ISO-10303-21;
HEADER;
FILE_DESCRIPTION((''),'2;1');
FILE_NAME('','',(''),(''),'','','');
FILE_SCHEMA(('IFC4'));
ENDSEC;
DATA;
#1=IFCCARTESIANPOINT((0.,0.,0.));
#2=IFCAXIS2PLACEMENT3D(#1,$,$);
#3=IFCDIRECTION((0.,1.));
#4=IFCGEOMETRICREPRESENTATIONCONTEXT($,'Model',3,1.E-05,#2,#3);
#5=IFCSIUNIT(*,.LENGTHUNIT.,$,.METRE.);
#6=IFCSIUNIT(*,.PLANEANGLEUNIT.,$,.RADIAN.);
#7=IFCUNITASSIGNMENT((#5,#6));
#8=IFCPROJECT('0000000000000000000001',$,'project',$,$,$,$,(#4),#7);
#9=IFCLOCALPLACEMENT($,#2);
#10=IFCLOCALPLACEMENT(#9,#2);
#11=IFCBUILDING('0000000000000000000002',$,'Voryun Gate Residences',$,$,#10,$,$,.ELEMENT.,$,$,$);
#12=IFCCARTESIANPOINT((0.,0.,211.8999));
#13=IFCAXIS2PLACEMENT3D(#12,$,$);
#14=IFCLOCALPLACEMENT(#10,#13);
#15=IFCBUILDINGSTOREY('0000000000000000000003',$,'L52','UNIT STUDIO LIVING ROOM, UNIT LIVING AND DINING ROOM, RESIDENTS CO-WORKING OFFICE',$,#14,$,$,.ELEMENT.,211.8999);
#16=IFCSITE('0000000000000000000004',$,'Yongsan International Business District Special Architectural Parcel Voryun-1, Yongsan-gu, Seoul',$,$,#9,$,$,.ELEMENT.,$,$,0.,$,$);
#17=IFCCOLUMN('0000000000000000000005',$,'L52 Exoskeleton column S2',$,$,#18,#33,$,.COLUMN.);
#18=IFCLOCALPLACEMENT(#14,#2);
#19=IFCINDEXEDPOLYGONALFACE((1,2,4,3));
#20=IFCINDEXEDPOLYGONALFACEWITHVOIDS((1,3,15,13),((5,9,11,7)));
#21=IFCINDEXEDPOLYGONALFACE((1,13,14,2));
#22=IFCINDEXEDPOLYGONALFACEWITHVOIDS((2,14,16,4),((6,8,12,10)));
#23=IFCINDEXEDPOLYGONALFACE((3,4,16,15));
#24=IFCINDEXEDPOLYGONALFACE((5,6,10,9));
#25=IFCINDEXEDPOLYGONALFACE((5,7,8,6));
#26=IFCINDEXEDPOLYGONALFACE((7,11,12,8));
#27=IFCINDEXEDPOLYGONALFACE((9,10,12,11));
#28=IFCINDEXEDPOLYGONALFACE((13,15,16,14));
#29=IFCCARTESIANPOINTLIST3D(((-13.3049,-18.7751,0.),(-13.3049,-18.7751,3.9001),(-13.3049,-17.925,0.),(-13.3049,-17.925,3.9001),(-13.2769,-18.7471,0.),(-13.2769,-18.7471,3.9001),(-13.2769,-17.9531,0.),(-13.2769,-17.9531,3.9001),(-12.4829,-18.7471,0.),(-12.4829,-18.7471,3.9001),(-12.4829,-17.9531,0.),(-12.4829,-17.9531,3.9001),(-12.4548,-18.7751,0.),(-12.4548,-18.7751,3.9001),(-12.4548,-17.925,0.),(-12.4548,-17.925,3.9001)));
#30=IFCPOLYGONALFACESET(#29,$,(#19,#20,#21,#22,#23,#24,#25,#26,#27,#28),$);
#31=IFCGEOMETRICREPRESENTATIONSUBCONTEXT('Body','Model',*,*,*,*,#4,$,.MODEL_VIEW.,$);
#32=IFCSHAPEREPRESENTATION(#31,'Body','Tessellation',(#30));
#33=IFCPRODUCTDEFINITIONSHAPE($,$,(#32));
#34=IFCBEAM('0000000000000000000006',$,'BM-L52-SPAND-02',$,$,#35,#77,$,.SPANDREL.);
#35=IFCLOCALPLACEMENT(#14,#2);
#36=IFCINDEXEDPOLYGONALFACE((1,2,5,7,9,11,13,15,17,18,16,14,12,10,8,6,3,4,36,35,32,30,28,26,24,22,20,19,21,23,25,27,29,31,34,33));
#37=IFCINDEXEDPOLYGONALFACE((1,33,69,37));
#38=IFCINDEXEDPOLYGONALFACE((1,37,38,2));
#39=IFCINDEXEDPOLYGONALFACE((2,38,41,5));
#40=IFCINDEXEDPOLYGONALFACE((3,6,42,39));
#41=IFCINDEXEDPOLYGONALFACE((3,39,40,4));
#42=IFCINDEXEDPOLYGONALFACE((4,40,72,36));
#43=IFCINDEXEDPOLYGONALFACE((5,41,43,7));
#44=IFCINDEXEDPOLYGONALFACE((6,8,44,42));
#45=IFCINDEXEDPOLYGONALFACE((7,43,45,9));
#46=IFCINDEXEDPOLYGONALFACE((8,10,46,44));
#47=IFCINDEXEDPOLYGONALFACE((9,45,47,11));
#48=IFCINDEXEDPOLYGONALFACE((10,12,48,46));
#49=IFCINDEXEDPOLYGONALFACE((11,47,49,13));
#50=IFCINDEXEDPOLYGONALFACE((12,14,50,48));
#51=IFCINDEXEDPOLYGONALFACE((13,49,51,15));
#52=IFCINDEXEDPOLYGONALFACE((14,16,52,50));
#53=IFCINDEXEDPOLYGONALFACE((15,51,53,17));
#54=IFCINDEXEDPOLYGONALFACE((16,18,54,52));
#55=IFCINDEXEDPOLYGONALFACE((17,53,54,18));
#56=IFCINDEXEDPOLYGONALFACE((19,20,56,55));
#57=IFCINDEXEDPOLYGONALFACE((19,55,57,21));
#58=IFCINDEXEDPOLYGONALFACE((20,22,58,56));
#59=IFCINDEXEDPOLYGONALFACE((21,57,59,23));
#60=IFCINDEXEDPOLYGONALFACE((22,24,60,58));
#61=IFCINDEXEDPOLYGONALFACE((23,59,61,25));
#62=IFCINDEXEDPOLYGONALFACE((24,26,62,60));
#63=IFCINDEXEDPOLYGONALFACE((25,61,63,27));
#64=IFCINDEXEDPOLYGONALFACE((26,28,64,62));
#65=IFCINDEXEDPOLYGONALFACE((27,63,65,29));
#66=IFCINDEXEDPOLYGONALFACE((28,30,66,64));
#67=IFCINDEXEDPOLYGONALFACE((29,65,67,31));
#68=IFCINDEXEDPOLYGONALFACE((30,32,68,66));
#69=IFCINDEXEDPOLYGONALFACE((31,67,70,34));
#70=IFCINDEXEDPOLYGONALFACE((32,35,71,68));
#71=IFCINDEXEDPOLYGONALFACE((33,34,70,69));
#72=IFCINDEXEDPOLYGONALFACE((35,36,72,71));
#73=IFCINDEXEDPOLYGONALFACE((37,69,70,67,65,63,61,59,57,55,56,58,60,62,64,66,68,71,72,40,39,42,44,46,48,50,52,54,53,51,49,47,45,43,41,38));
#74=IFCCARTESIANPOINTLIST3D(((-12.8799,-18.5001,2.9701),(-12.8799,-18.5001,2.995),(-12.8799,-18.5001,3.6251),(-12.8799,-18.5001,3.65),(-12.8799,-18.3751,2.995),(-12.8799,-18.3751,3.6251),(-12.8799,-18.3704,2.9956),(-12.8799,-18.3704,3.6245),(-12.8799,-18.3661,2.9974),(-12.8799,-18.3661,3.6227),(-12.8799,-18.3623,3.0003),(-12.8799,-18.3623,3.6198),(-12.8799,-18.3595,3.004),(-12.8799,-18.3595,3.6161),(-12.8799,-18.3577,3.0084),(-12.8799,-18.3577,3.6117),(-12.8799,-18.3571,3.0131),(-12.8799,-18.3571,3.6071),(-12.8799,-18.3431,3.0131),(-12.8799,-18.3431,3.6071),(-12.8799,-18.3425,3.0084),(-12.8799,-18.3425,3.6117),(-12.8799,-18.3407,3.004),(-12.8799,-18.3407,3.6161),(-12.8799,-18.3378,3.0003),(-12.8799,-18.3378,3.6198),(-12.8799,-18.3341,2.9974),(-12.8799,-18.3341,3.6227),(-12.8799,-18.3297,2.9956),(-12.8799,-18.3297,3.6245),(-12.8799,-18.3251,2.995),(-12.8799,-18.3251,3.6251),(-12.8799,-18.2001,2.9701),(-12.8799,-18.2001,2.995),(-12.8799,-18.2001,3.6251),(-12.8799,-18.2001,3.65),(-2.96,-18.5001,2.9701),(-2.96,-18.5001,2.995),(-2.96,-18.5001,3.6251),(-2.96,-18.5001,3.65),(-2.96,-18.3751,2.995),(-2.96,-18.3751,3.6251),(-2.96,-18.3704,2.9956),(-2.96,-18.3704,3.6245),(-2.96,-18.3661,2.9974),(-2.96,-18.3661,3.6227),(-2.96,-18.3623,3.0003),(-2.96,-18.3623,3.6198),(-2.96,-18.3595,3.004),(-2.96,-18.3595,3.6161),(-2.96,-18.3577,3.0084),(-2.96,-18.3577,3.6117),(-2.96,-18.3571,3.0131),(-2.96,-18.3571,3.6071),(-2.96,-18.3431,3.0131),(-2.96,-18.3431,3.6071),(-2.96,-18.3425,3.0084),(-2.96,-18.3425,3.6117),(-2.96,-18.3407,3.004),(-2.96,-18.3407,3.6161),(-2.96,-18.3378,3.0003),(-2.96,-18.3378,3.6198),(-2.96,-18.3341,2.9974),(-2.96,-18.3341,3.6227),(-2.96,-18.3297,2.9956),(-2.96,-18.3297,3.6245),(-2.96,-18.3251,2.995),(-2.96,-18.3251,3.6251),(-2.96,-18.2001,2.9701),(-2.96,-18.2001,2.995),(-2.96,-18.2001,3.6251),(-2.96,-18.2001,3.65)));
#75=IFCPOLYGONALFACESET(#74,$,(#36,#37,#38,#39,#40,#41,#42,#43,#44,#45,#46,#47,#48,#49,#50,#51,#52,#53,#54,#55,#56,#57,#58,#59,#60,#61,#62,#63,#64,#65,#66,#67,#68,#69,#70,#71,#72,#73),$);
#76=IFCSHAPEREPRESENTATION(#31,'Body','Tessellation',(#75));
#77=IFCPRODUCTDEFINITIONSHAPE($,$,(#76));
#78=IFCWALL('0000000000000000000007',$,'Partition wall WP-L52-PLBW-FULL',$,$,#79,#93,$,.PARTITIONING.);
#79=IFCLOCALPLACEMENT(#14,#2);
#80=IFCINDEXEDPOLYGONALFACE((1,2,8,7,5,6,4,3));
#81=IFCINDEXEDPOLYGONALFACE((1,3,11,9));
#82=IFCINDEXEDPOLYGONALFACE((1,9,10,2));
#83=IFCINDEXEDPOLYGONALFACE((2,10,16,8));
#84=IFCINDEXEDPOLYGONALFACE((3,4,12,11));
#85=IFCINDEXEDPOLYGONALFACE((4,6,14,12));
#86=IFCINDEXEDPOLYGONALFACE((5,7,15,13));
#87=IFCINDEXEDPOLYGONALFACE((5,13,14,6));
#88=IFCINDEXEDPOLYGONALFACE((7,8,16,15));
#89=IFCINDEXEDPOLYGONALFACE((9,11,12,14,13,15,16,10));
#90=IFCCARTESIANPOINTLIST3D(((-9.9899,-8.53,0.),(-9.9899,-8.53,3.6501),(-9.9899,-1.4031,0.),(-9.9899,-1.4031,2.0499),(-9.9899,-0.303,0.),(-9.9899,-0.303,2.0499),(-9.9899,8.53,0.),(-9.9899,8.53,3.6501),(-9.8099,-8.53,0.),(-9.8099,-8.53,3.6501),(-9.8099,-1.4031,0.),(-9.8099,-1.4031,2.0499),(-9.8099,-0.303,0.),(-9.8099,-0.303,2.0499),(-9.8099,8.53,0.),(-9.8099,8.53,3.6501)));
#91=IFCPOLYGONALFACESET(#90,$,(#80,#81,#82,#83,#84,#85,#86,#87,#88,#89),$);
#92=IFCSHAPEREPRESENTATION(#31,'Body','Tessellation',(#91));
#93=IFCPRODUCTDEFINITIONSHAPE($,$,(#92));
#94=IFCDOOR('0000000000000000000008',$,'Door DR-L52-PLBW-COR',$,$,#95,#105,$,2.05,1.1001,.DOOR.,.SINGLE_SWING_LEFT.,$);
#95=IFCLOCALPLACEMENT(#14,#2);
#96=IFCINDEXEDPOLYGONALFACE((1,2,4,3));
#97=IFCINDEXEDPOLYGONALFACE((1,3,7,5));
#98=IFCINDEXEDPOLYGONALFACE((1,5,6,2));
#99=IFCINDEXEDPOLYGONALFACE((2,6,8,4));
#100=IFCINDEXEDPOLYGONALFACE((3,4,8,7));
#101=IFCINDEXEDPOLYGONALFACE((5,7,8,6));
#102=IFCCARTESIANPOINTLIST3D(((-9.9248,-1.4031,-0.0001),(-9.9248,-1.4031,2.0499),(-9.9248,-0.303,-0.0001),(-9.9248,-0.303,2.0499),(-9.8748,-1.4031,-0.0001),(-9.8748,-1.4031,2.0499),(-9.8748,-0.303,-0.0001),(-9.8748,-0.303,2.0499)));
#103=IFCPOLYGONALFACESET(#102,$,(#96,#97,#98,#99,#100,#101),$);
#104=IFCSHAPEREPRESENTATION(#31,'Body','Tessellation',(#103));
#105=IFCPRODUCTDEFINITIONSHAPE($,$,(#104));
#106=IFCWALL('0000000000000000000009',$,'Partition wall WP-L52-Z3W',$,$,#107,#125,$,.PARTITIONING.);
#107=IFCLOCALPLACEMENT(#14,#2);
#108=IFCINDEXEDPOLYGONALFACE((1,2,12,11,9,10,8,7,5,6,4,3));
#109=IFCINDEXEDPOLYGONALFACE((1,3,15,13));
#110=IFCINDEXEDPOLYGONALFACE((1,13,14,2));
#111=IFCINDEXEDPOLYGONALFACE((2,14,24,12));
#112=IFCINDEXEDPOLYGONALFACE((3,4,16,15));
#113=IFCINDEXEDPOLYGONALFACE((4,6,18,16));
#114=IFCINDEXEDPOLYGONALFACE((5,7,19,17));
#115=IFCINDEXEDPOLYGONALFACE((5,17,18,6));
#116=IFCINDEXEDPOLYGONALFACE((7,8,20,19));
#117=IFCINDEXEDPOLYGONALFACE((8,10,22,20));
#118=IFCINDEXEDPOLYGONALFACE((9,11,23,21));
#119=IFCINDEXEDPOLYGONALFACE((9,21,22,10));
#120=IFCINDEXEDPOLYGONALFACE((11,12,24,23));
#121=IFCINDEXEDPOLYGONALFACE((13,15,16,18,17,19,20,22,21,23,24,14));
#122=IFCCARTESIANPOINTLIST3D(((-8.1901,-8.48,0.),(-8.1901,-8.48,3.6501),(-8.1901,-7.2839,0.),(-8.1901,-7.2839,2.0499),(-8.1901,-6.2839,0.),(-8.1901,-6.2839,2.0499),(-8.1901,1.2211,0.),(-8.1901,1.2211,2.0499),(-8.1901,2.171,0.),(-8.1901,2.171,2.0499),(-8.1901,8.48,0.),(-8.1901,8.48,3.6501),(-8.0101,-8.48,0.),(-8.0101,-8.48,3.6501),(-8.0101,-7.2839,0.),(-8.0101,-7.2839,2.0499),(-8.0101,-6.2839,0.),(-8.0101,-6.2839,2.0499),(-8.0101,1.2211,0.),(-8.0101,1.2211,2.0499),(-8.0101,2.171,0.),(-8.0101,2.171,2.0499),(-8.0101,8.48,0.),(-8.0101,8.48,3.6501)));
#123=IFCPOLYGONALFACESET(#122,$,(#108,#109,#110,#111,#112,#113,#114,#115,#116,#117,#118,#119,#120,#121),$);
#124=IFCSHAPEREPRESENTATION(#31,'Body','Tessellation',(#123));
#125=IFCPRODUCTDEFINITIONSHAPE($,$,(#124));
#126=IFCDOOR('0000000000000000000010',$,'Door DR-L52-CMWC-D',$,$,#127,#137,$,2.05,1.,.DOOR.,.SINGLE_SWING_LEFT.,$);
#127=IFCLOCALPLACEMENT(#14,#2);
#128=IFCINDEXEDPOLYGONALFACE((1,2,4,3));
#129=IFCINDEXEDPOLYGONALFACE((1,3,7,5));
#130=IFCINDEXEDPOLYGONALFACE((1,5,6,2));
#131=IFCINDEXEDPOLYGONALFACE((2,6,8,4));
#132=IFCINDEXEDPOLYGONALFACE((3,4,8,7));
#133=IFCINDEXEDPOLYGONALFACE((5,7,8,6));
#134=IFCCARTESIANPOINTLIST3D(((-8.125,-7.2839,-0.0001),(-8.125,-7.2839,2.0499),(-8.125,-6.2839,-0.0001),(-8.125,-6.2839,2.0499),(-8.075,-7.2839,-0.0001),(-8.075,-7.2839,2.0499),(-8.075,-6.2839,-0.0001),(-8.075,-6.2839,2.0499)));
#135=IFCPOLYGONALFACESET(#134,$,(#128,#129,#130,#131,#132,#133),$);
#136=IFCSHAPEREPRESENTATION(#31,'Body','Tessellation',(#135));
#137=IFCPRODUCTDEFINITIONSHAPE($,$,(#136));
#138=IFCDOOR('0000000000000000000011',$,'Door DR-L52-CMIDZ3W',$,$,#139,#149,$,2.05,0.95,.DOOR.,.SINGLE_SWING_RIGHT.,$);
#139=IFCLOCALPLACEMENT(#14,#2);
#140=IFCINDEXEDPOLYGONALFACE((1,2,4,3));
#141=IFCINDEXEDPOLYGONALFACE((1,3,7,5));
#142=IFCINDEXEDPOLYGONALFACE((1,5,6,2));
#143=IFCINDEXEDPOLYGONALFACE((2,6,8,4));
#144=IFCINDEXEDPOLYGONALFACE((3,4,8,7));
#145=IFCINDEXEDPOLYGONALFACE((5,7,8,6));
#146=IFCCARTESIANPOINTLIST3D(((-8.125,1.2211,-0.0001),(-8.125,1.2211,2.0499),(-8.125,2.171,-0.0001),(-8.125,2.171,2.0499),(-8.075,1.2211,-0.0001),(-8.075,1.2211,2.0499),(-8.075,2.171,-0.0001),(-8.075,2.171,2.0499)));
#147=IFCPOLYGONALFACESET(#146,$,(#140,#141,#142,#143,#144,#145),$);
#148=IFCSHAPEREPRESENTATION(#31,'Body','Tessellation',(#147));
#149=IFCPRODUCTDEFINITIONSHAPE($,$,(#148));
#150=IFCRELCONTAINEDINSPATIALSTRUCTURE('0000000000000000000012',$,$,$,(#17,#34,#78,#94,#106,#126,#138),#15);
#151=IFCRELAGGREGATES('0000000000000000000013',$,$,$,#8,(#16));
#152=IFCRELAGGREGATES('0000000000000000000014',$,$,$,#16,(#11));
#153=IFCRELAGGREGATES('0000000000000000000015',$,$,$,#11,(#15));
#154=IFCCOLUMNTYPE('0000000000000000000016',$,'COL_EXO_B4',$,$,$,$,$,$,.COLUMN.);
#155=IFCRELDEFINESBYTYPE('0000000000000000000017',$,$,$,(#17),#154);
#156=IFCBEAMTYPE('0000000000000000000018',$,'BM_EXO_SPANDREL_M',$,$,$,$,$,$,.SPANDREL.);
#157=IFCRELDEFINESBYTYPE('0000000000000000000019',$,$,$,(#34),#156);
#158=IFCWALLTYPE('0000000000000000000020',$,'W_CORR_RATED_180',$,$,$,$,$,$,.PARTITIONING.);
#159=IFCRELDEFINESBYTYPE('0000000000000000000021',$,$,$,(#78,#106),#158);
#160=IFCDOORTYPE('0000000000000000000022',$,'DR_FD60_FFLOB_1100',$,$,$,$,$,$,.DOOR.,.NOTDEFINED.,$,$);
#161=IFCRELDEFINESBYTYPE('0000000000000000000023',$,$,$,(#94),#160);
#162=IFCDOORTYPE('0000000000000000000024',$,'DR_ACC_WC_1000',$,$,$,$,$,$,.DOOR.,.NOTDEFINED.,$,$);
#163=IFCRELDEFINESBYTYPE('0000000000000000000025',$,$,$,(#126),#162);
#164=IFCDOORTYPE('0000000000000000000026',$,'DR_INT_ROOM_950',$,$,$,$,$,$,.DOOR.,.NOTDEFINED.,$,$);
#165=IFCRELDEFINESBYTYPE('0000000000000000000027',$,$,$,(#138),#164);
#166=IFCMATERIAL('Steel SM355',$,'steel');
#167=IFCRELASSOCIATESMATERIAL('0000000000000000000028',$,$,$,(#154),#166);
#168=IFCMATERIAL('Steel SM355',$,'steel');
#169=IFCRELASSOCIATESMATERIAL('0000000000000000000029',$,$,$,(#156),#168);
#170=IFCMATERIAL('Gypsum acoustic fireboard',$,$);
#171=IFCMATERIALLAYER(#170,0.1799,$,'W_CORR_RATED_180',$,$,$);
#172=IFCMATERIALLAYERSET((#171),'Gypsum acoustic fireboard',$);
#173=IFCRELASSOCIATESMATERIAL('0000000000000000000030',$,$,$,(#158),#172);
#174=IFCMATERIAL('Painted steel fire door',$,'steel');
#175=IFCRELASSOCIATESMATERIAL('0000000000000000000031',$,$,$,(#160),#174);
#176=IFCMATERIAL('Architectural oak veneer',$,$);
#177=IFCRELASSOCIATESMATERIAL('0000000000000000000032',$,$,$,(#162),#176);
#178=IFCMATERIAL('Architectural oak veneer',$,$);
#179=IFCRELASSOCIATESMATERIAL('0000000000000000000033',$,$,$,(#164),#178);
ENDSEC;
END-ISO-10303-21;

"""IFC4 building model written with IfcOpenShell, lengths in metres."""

from ifc_helpers import new_model, si_unit, direction, frame, frame_2d, origin, origin_2d, place, context, subcontext, project, spatial, rectangle, hollow_rectangle, i_section, extrude, material, layer, layer_set, material_profile, profile_set, type_object, element, fill, save


model = new_model("IFC4")

# Units and contexts
model_context = context("Model", 3, precision=1e-05, world=origin(), true_north=direction((0.0, 1.0)))
body_context = subcontext(model_context, "Body", "Model", "MODEL_VIEW")
ifc_project = project(units=[si_unit("LENGTHUNIT", "METRE"), si_unit("PLANEANGLEUNIT", "RADIAN")], contexts=[model_context])

# Site, building, storey
site_placement = place(None, origin())
site = spatial("IfcSite", under=ifc_project, at=site_placement, Name="Yongsan International Business District Special Architectural Parcel Voryun-1, Yongsan-gu, Seoul", CompositionType="ELEMENT", RefElevation=0.0)
building_placement = place(site_placement, origin())
building = spatial("IfcBuilding", under=site, at=building_placement, Name="Voryun Gate Residences", CompositionType="ELEMENT")
storey_placement = place(building_placement, frame((0.0, 0.0, 211.8999)))
storey = spatial("IfcBuildingStorey", under=building, at=storey_placement, Name="L52", Description="UNIT STUDIO LIVING ROOM, UNIT LIVING AND DINING ROOM, RESIDENTS CO-WORKING OFFICE", CompositionType="ELEMENT", Elevation=211.8999)

# Column
ifc_material_1 = material(Name="Steel SM355", Category="steel")
ifc_material_profile_1 = material_profile(ifc_material_1, hollow_rectangle(XDim=0.8501, YDim=0.8501, WallThickness=0.0281, at=origin_2d()), Name="BOX-850x850x28")
ifc_profile_set_1 = profile_set([ifc_material_profile_1], Name="Steel SM355")
column_type = type_object("IfcColumnType", Name="COL_EXO_B4", PredefinedType="COLUMN", material=ifc_profile_set_1)
column_placement = place(storey_placement, frame((-12.8799, -18.3501, 0.0), z_axis=(0.0, 0.0, 1.0), x_axis=(1.0, 0.0, 0.0)))
element("IfcColumn", 1, at=column_placement, inside=storey, type_object=column_type, Name="L52 Exoskeleton column S2", PredefinedType="COLUMN", context=body_context, shape_type="SweptSolid", body=[
    extrude(hollow_rectangle(XDim=0.8501, YDim=0.8501, WallThickness=0.0281, at=origin_2d()), origin(), (0.0, 0.0, 1.0), 3.9001),
])

# Beam
ifc_material_2 = material(Name="Steel SM355", Category="steel")
ifc_material_profile_2 = material_profile(ifc_material_2, i_section(OverallWidth=0.3, OverallDepth=0.6799, WebThickness=0.0139, FlangeThickness=0.0249, FilletRadius=0.0181, at=origin_2d()), Name="H-680x300x14x25")
ifc_profile_set_2 = profile_set([ifc_material_profile_2], Name="Steel SM355")
beam_type = type_object("IfcBeamType", Name="BM_EXO_SPANDREL_M", PredefinedType="SPANDREL", material=ifc_profile_set_2)
beam_placement = place(storey_placement, frame((-12.8799, -18.3501, 3.3101), z_axis=(1.0, 0.0, 0.0), x_axis=(0.0, 1.0, 0.0)))
element("IfcBeam", 2, at=beam_placement, inside=storey, type_object=beam_type, Name="BM-L52-SPAND-02", PredefinedType="SPANDREL", context=body_context, shape_type="SweptSolid", body=[
    extrude(i_section(OverallWidth=0.3, OverallDepth=0.6799, WebThickness=0.0139, FlangeThickness=0.0249, FilletRadius=0.0181, at=origin_2d()), origin(), (0.0, 0.0, 1.0), 9.9199),
])

# Wall, opening, door
ifc_material_3 = material(Name="Gypsum acoustic fireboard")
ifc_layer_1 = layer(ifc_material_3, 0.1799, Name="W_CORR_RATED_180")
ifc_layer_set_1 = layer_set([ifc_layer_1], Name="Gypsum acoustic fireboard")
wall_type_1 = type_object("IfcWallType", Name="W_CORR_RATED_180", PredefinedType="PARTITIONING", material=ifc_layer_set_1)
wall_1_placement = place(storey_placement, frame((-9.8999, -8.53, 0.0), z_axis=(0.0, 0.0, 1.0), x_axis=(0.0, 1.0, 0.0)))
wall_1 = element("IfcWall", 3, at=wall_1_placement, inside=storey, type_object=wall_type_1, Name="Partition wall WP-L52-PLBW-FULL", PredefinedType="PARTITIONING", context=body_context, shape_type="SweptSolid", body=[
    extrude(rectangle(XDim=17.0601, YDim=0.1799, at=frame_2d((8.53, 0.0))), origin(), (0.0, 0.0, 1.0), 3.6501),
])
opening_1_placement = place(wall_1_placement, frame((7.127, 0.0, 0.0)))
opening_1 = element("IfcOpeningElement", 4, at=opening_1_placement, cuts=wall_1, PredefinedType="OPENING", context=body_context, shape_type="SweptSolid", body=[
    extrude(rectangle(XDim=1.1001, YDim=2.05, at=frame_2d((0.55, 1.0249))), frame((0.0, 0.0999, 0.0), z_axis=(0.0, -1.0, 0.0), x_axis=(1.0, 0.0, 0.0)), (0.0, 0.0, 1.0), 0.2),
])
ifc_material_4 = material(Name="Painted steel fire door", Category="steel")
door_type_1 = type_object("IfcDoorType", Name="DR_FD60_FFLOB_1100", OperationType="NOTDEFINED", PredefinedType="DOOR", material=ifc_material_4)
door_1_placement = place(opening_1_placement, origin())
door_1 = element("IfcDoor", 5, at=door_1_placement, inside=storey, type_object=door_type_1, Name="Door DR-L52-PLBW-COR", OperationType="SINGLE_SWING_LEFT", OverallHeight=2.05, OverallWidth=1.1001, PredefinedType="DOOR", context=body_context, shape_type="SweptSolid", body=[
    extrude(rectangle(XDim=1.1001, YDim=2.05, at=frame_2d((0.55, 1.0249))), frame((0.0, 0.0249, 0.0), z_axis=(0.0, -1.0, 0.0), x_axis=(1.0, 0.0, 0.0)), (0.0, 0.0, 1.0), 0.05),
])
fill(opening_1, door_1)

# Wall, openings, doors
wall_2_placement = place(storey_placement, frame((-8.1001, -8.48, 0.0), z_axis=(0.0, 0.0, 1.0), x_axis=(0.0, 1.0, 0.0)))
wall_2 = element("IfcWall", 6, at=wall_2_placement, inside=storey, type_object=wall_type_1, Name="Partition wall WP-L52-Z3W", PredefinedType="PARTITIONING", context=body_context, shape_type="SweptSolid", body=[
    extrude(rectangle(XDim=16.96, YDim=0.1799, at=frame_2d((8.48, 0.0))), origin(), (0.0, 0.0, 1.0), 3.6501),
])
opening_2_placement = place(wall_2_placement, frame((1.196, 0.0, 0.0)))
opening_2 = element("IfcOpeningElement", 7, at=opening_2_placement, cuts=wall_2, PredefinedType="OPENING", context=body_context, shape_type="SweptSolid", body=[
    extrude(rectangle(XDim=1.0, YDim=2.05, at=frame_2d((0.5, 1.0249))), frame((0.0, 0.0999, 0.0), z_axis=(0.0, -1.0, 0.0), x_axis=(1.0, 0.0, 0.0)), (0.0, 0.0, 1.0), 0.2),
])
opening_3_placement = place(wall_2_placement, frame((9.7009, 0.0, 0.0)))
opening_3 = element("IfcOpeningElement", 8, at=opening_3_placement, cuts=wall_2, PredefinedType="OPENING", context=body_context, shape_type="SweptSolid", body=[
    extrude(rectangle(XDim=0.95, YDim=2.05, at=frame_2d((0.4751, 1.0249))), frame((0.0, 0.0999, 0.0), z_axis=(0.0, -1.0, 0.0), x_axis=(1.0, 0.0, 0.0)), (0.0, 0.0, 1.0), 0.2),
])
ifc_material_5 = material(Name="Architectural oak veneer")
door_type_2 = type_object("IfcDoorType", Name="DR_ACC_WC_1000", OperationType="NOTDEFINED", PredefinedType="DOOR", material=ifc_material_5)
door_2_placement = place(opening_2_placement, origin())
door_2 = element("IfcDoor", 9, at=door_2_placement, inside=storey, type_object=door_type_2, Name="Door DR-L52-CMWC-D", OperationType="SINGLE_SWING_LEFT", OverallHeight=2.05, OverallWidth=1.0, PredefinedType="DOOR", context=body_context, shape_type="SweptSolid", body=[
    extrude(rectangle(XDim=1.0, YDim=2.05, at=frame_2d((0.5, 1.0249))), frame((0.0, 0.0249, 0.0), z_axis=(0.0, -1.0, 0.0), x_axis=(1.0, 0.0, 0.0)), (0.0, 0.0, 1.0), 0.05),
])
fill(opening_2, door_2)
ifc_material_6 = material(Name="Architectural oak veneer")
door_type_3 = type_object("IfcDoorType", Name="DR_INT_ROOM_950", OperationType="NOTDEFINED", PredefinedType="DOOR", material=ifc_material_6)
door_3_placement = place(opening_3_placement, origin())
door_3 = element("IfcDoor", 10, at=door_3_placement, inside=storey, type_object=door_type_3, Name="Door DR-L52-CMIDZ3W", OperationType="SINGLE_SWING_RIGHT", OverallHeight=2.05, OverallWidth=0.95, PredefinedType="DOOR", context=body_context, shape_type="SweptSolid", body=[
    extrude(rectangle(XDim=0.95, YDim=2.05, at=frame_2d((0.4751, 1.0249))), frame((0.0, 0.0249, 0.0), z_axis=(0.0, -1.0, 0.0), x_axis=(1.0, 0.0, 0.0)), (0.0, 0.0, 1.0), 0.05),
])
fill(opening_3, door_3)

save(model, "model.ifc")
